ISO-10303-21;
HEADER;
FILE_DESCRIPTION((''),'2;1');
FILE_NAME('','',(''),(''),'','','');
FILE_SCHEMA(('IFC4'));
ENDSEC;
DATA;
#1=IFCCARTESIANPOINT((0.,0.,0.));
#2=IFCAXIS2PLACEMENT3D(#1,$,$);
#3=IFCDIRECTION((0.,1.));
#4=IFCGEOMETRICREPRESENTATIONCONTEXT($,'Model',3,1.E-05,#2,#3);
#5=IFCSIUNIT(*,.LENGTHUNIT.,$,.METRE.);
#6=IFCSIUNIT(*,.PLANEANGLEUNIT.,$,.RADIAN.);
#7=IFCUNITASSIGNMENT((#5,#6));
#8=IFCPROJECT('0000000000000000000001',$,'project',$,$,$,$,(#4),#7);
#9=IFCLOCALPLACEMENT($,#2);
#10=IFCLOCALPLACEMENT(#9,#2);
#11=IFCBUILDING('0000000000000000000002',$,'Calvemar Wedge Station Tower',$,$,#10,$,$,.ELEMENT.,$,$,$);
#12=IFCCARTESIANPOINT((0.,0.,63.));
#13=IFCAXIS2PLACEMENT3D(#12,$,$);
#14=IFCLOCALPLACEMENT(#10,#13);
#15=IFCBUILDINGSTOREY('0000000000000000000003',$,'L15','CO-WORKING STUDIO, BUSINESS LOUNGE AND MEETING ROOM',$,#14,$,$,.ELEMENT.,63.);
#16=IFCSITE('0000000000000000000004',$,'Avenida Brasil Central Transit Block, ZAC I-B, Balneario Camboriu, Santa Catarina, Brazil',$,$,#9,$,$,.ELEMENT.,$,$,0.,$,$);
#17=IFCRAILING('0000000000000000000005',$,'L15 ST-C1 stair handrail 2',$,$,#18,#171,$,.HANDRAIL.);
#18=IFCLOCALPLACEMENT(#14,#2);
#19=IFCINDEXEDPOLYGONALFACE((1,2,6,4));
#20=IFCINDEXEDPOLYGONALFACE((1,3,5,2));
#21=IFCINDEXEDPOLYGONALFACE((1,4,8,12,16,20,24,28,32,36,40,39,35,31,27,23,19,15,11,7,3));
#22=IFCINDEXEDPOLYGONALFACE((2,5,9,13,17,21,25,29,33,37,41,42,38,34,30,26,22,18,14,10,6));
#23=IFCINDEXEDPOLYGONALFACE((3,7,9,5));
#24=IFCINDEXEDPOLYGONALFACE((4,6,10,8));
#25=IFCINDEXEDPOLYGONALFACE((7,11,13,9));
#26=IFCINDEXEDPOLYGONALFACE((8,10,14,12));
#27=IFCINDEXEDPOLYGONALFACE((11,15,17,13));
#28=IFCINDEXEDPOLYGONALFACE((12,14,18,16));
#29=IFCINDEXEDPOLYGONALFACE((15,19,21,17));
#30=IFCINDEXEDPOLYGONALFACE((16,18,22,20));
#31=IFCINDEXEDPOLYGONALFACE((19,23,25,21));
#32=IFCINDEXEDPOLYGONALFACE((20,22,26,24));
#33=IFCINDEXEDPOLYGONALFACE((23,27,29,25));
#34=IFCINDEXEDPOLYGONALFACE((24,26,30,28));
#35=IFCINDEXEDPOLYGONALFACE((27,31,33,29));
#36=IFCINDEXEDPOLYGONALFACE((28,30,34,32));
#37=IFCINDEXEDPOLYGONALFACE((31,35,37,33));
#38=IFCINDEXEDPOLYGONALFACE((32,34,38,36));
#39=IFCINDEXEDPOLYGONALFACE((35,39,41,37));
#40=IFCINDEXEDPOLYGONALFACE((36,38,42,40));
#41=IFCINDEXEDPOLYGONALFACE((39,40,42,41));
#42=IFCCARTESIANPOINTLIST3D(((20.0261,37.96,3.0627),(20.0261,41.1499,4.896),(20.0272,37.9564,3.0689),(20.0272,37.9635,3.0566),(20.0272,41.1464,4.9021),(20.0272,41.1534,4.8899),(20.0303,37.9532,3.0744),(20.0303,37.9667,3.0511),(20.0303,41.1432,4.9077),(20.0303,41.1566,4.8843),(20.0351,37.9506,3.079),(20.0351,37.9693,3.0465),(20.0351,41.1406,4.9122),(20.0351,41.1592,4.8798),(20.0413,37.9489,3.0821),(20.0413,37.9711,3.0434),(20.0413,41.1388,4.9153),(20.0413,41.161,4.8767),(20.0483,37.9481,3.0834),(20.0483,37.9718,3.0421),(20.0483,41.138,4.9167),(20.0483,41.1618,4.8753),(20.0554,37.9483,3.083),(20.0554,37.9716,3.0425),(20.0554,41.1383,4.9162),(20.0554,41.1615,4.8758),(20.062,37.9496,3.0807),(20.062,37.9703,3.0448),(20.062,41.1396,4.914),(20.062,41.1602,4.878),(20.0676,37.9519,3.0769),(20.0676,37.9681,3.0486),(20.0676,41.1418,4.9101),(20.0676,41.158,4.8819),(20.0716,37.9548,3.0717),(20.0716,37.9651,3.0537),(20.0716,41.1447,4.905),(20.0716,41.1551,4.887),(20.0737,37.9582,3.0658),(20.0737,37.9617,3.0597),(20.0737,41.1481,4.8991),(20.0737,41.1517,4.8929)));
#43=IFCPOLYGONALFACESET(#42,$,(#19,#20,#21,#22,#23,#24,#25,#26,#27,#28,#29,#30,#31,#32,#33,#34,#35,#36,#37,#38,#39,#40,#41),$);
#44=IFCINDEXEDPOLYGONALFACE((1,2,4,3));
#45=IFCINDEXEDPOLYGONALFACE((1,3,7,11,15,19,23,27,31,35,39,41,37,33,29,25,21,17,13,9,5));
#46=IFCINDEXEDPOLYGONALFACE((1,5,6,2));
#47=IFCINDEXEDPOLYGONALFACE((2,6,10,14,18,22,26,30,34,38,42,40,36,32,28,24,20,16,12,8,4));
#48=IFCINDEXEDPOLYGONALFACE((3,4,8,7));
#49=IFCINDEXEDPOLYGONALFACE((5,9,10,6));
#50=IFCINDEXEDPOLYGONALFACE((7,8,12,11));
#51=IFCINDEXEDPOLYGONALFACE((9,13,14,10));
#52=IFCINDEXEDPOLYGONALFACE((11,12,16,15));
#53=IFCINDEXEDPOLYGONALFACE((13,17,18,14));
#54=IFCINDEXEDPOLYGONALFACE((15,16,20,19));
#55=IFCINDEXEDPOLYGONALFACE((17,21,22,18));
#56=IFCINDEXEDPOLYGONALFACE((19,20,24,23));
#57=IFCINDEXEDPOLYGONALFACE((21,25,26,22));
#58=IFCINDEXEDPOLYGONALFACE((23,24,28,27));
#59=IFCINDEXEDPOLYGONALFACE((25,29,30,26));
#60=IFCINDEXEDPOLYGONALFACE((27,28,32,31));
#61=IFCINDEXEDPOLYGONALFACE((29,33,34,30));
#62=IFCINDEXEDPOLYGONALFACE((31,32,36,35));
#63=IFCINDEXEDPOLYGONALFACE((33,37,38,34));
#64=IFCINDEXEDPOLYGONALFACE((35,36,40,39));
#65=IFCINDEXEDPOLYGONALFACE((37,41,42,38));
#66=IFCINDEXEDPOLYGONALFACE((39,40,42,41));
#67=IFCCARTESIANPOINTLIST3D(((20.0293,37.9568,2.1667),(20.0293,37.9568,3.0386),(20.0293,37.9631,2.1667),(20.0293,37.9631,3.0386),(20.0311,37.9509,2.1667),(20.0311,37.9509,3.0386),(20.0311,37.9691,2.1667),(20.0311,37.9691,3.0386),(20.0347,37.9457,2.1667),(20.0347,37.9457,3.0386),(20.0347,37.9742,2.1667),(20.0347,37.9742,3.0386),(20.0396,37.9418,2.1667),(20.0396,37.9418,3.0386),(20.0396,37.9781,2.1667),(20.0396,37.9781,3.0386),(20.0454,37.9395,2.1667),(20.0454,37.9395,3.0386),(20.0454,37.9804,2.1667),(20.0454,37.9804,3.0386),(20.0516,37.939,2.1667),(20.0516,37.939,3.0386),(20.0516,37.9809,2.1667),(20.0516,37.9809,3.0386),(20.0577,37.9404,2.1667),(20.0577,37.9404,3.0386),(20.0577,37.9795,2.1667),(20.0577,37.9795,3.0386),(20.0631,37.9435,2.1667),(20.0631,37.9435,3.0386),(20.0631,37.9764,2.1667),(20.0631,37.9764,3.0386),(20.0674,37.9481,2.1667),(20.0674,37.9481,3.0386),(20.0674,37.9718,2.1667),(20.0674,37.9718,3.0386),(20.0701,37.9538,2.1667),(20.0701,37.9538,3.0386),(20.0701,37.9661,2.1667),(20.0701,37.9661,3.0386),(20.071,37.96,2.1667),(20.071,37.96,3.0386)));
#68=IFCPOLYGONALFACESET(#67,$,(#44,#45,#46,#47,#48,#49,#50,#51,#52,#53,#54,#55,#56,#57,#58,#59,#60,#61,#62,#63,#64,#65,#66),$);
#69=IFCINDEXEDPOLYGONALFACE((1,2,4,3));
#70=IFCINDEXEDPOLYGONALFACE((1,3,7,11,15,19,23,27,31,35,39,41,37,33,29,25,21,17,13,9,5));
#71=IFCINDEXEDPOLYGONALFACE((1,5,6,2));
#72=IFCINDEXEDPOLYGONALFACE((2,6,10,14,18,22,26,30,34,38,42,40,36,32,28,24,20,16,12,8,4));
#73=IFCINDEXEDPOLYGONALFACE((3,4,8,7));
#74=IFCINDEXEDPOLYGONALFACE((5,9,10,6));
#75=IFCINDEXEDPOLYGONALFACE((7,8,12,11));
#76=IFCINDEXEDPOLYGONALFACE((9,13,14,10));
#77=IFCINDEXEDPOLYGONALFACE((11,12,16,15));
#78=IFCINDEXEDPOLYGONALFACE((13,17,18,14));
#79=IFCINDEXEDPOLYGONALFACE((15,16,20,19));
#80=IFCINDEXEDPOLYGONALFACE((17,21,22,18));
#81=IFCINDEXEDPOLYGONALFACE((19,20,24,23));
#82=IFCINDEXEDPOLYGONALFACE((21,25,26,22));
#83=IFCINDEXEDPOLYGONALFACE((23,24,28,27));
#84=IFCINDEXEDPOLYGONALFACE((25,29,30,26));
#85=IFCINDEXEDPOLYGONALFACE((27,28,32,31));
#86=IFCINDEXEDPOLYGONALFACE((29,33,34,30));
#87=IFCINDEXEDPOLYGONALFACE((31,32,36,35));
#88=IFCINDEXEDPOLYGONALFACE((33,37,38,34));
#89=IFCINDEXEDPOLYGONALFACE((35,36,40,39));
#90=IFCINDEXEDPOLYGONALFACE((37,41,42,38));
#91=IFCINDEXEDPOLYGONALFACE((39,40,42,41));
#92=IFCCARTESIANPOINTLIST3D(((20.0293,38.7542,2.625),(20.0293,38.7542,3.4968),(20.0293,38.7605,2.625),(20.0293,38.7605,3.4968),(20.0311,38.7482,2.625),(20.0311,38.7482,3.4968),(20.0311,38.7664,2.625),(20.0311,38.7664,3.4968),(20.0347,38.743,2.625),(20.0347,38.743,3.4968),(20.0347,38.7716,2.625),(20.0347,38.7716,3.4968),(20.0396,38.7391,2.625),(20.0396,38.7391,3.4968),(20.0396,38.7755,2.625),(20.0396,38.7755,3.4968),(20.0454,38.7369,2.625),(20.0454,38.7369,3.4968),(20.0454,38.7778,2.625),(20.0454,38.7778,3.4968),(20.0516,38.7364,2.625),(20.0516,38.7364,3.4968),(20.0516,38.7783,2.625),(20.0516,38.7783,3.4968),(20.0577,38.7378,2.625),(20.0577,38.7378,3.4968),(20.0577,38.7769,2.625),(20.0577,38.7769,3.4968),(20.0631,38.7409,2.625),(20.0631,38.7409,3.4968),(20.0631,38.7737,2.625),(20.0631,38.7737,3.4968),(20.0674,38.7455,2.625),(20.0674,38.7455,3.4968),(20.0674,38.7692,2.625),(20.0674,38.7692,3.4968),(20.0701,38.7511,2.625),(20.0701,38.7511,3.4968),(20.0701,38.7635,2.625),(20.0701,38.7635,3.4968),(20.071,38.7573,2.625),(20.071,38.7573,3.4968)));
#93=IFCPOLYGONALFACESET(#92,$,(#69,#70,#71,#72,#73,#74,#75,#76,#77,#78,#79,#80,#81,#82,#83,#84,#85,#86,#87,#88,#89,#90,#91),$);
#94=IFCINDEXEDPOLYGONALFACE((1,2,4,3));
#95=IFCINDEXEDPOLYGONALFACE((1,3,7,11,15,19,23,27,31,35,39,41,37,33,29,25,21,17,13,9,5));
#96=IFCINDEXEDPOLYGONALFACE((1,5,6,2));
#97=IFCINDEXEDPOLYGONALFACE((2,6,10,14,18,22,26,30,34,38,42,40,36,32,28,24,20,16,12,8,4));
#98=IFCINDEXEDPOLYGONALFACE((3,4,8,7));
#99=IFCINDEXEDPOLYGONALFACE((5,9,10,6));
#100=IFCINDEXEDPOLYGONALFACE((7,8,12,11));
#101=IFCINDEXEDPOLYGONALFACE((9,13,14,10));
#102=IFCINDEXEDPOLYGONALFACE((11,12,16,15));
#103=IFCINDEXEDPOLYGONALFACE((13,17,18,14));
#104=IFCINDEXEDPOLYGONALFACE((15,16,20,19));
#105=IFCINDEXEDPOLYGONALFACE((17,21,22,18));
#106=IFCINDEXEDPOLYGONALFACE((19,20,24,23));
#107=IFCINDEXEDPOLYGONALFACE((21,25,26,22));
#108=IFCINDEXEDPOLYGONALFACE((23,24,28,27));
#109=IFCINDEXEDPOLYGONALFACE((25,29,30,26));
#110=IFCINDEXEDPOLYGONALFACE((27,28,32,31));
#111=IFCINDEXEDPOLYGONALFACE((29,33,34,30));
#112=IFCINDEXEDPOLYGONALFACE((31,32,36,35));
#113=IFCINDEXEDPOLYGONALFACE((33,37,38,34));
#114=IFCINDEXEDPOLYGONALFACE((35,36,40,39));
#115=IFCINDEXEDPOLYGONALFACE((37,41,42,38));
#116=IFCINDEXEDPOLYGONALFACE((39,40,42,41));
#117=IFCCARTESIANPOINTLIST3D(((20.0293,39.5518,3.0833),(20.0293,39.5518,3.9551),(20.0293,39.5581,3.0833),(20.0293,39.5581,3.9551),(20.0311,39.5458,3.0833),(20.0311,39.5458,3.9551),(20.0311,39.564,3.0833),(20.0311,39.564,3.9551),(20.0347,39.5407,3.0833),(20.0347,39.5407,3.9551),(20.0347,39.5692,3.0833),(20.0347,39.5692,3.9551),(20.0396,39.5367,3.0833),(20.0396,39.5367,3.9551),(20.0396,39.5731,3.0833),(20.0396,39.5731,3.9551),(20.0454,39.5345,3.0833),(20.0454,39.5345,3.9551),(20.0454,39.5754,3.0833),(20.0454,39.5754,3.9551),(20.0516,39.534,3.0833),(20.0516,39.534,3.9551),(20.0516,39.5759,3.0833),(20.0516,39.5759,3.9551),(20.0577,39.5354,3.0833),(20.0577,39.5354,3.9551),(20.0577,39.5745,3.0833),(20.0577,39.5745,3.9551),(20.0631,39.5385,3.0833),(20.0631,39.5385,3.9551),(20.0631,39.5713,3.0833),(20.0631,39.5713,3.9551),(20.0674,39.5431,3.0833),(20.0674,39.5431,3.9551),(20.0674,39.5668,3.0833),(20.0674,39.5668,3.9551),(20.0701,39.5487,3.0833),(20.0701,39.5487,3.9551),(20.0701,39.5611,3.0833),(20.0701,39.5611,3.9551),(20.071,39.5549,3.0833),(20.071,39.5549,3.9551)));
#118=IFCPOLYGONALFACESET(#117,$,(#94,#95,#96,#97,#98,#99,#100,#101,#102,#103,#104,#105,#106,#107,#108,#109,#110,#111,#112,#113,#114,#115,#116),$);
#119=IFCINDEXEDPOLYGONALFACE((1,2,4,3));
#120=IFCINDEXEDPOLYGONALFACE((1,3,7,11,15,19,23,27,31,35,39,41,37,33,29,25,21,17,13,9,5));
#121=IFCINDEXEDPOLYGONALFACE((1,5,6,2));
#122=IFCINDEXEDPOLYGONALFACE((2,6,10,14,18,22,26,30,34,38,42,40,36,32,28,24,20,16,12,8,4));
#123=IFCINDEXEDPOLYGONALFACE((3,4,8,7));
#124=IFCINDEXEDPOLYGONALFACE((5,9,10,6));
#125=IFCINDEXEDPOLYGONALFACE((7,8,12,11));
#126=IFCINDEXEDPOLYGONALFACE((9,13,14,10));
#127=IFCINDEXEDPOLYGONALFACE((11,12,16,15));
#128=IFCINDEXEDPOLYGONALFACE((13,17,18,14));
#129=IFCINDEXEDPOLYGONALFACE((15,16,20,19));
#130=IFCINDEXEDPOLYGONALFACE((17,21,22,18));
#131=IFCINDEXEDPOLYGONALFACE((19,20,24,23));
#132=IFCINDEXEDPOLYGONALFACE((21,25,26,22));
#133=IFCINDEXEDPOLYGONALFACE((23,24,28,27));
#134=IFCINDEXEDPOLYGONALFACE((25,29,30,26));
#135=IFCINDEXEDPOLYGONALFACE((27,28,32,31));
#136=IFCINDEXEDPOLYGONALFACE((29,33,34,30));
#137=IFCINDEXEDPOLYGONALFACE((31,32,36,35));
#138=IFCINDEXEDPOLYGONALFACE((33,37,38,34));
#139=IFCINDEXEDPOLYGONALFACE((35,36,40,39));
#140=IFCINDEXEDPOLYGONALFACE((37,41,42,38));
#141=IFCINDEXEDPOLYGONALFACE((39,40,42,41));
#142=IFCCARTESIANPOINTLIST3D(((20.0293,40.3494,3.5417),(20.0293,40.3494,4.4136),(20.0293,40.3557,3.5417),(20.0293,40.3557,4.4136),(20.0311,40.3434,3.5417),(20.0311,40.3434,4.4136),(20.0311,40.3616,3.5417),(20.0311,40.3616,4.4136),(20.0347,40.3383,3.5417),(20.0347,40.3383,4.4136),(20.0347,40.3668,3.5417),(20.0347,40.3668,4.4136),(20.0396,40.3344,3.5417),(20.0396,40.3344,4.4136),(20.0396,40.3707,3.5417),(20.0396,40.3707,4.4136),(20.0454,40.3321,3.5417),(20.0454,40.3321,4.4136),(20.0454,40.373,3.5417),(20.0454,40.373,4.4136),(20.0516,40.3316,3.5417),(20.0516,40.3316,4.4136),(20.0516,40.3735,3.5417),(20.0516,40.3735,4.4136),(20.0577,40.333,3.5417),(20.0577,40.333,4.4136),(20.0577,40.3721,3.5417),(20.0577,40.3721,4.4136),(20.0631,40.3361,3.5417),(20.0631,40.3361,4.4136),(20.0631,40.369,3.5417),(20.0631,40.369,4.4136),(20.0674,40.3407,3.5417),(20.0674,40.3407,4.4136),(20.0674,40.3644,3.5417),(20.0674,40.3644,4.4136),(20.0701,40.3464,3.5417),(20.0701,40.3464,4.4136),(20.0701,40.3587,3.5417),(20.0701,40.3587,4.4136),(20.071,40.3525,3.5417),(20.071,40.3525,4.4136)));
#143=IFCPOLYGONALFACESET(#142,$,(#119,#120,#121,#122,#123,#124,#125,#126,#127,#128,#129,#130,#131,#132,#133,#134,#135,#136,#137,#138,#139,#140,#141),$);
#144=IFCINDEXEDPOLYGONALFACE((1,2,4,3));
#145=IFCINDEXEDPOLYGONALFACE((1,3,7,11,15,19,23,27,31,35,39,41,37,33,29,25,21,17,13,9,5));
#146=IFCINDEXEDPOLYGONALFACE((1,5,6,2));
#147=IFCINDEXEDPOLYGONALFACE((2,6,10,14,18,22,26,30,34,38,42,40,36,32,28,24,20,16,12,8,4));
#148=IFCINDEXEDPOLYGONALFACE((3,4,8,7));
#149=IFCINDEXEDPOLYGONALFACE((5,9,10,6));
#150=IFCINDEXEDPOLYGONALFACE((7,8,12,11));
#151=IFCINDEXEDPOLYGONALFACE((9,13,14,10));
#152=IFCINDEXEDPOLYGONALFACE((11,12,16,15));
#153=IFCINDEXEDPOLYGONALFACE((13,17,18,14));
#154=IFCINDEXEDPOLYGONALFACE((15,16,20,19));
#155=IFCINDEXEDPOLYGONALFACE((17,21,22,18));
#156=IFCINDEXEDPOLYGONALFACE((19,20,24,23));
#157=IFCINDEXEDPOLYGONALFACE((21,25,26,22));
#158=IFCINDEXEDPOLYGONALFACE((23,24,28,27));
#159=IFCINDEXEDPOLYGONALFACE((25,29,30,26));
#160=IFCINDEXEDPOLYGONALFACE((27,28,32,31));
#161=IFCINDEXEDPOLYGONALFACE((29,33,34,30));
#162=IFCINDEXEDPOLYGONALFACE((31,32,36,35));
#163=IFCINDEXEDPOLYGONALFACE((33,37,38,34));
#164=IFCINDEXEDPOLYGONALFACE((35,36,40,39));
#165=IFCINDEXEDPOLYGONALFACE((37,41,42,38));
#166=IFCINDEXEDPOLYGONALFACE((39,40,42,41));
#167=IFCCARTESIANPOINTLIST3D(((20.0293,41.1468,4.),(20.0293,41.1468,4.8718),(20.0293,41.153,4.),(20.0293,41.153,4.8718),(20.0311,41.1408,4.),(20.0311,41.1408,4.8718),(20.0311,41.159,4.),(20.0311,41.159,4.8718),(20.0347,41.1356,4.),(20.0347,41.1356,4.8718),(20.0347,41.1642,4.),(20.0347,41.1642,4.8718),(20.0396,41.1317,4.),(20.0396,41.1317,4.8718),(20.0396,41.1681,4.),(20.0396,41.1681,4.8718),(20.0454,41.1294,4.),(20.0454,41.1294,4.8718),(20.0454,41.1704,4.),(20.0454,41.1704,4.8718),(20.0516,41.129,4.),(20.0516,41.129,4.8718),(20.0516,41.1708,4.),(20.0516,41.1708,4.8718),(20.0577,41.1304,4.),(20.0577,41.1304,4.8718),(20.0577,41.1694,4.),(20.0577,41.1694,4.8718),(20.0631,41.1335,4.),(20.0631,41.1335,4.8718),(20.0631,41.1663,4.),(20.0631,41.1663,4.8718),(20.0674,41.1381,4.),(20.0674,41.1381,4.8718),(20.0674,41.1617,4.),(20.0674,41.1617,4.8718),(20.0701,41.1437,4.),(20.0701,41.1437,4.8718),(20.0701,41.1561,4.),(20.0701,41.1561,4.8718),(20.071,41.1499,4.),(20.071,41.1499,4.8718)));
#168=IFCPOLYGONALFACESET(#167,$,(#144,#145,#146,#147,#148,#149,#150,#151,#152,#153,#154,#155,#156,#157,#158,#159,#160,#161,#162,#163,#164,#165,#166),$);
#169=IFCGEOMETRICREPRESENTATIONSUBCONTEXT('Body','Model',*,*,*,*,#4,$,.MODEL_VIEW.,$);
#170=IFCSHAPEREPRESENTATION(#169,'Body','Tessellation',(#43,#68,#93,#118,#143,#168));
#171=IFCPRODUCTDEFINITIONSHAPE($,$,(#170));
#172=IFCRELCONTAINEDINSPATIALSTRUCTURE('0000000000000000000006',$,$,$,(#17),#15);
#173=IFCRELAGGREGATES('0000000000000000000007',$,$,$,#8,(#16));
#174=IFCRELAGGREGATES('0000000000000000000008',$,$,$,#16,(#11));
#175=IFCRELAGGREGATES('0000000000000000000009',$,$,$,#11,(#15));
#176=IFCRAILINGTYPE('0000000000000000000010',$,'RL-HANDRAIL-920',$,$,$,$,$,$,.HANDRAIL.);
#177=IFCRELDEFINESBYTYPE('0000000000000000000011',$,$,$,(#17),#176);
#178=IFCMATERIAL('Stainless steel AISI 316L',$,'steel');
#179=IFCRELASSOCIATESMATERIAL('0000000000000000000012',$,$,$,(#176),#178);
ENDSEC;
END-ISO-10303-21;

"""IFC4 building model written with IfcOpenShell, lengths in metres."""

from ifc_helpers import new_model, si_unit, direction, frame, origin, origin_2d, place, context, subcontext, project, spatial, circle, extrude, material, type_object, element, save


model = new_model("IFC4")

# Units and contexts
model_context = context("Model", 3, precision=1e-05, world=origin(), true_north=direction((0.0, 1.0)))
body_context = subcontext(model_context, "Body", "Model", "MODEL_VIEW")
ifc_project = project(units=[si_unit("LENGTHUNIT", "METRE"), si_unit("PLANEANGLEUNIT", "RADIAN")], contexts=[model_context])

# Site, building, storey
site_placement = place(None, origin())
site = spatial("IfcSite", under=ifc_project, at=site_placement, Name="Avenida Brasil Central Transit Block, ZAC I-B, Balneario Camboriu, Santa Catarina, Brazil", CompositionType="ELEMENT", RefElevation=0.0)
building_placement = place(site_placement, origin())
building = spatial("IfcBuilding", under=site, at=building_placement, Name="Calvemar Wedge Station Tower", CompositionType="ELEMENT")
storey_placement = place(building_placement, frame((0.0, 0.0, 63.0)))
storey = spatial("IfcBuildingStorey", under=building, at=storey_placement, Name="L15", Description="CO-WORKING STUDIO, BUSINESS LOUNGE AND MEETING ROOM", CompositionType="ELEMENT", Elevation=63.0)

# Railing
ifc_material_1 = material(Name="Stainless steel AISI 316L", Category="steel")
railing_type_1 = type_object("IfcRailingType", Name="RL-HANDRAIL-920", PredefinedType="HANDRAIL", material=ifc_material_1)
railing_1_placement = place(storey_placement, frame((20.05, 37.96, 2.1667)))
element("IfcRailing", 1, at=railing_1_placement, inside=storey, type_object=railing_type_1, Name="L15 ST-C1 stair handrail 2", PredefinedType="HANDRAIL", context=body_context, shape_type="SweptSolid", body=[
    extrude(circle(Radius=0.0239, at=origin_2d()), frame((0.0, 0.0, 0.896), z_axis=(0.0, 0.86702, 0.498274), x_axis=(-1.0, 0.0, 0.0)), (0.0, 0.0, 1.0), 3.6792),
    extrude(circle(Radius=0.021, at=origin_2d()), origin(), (0.0, 0.0, 1.0), 0.8718),
    extrude(circle(Radius=0.021, at=origin_2d()), frame((0.0, 0.7974, 0.4583)), (0.0, 0.0, 1.0), 0.8718),
    extrude(circle(Radius=0.021, at=origin_2d()), frame((0.0, 1.595, 0.9165)), (0.0, 0.0, 1.0), 0.8718),
    extrude(circle(Radius=0.021, at=origin_2d()), frame((0.0, 2.3926, 1.375)), (0.0, 0.0, 1.0), 0.8718),
    extrude(circle(Radius=0.021, at=origin_2d()), frame((0.0, 3.1899, 1.8333)), (0.0, 0.0, 1.0), 0.8718),
])

save(model, "model.ifc")
